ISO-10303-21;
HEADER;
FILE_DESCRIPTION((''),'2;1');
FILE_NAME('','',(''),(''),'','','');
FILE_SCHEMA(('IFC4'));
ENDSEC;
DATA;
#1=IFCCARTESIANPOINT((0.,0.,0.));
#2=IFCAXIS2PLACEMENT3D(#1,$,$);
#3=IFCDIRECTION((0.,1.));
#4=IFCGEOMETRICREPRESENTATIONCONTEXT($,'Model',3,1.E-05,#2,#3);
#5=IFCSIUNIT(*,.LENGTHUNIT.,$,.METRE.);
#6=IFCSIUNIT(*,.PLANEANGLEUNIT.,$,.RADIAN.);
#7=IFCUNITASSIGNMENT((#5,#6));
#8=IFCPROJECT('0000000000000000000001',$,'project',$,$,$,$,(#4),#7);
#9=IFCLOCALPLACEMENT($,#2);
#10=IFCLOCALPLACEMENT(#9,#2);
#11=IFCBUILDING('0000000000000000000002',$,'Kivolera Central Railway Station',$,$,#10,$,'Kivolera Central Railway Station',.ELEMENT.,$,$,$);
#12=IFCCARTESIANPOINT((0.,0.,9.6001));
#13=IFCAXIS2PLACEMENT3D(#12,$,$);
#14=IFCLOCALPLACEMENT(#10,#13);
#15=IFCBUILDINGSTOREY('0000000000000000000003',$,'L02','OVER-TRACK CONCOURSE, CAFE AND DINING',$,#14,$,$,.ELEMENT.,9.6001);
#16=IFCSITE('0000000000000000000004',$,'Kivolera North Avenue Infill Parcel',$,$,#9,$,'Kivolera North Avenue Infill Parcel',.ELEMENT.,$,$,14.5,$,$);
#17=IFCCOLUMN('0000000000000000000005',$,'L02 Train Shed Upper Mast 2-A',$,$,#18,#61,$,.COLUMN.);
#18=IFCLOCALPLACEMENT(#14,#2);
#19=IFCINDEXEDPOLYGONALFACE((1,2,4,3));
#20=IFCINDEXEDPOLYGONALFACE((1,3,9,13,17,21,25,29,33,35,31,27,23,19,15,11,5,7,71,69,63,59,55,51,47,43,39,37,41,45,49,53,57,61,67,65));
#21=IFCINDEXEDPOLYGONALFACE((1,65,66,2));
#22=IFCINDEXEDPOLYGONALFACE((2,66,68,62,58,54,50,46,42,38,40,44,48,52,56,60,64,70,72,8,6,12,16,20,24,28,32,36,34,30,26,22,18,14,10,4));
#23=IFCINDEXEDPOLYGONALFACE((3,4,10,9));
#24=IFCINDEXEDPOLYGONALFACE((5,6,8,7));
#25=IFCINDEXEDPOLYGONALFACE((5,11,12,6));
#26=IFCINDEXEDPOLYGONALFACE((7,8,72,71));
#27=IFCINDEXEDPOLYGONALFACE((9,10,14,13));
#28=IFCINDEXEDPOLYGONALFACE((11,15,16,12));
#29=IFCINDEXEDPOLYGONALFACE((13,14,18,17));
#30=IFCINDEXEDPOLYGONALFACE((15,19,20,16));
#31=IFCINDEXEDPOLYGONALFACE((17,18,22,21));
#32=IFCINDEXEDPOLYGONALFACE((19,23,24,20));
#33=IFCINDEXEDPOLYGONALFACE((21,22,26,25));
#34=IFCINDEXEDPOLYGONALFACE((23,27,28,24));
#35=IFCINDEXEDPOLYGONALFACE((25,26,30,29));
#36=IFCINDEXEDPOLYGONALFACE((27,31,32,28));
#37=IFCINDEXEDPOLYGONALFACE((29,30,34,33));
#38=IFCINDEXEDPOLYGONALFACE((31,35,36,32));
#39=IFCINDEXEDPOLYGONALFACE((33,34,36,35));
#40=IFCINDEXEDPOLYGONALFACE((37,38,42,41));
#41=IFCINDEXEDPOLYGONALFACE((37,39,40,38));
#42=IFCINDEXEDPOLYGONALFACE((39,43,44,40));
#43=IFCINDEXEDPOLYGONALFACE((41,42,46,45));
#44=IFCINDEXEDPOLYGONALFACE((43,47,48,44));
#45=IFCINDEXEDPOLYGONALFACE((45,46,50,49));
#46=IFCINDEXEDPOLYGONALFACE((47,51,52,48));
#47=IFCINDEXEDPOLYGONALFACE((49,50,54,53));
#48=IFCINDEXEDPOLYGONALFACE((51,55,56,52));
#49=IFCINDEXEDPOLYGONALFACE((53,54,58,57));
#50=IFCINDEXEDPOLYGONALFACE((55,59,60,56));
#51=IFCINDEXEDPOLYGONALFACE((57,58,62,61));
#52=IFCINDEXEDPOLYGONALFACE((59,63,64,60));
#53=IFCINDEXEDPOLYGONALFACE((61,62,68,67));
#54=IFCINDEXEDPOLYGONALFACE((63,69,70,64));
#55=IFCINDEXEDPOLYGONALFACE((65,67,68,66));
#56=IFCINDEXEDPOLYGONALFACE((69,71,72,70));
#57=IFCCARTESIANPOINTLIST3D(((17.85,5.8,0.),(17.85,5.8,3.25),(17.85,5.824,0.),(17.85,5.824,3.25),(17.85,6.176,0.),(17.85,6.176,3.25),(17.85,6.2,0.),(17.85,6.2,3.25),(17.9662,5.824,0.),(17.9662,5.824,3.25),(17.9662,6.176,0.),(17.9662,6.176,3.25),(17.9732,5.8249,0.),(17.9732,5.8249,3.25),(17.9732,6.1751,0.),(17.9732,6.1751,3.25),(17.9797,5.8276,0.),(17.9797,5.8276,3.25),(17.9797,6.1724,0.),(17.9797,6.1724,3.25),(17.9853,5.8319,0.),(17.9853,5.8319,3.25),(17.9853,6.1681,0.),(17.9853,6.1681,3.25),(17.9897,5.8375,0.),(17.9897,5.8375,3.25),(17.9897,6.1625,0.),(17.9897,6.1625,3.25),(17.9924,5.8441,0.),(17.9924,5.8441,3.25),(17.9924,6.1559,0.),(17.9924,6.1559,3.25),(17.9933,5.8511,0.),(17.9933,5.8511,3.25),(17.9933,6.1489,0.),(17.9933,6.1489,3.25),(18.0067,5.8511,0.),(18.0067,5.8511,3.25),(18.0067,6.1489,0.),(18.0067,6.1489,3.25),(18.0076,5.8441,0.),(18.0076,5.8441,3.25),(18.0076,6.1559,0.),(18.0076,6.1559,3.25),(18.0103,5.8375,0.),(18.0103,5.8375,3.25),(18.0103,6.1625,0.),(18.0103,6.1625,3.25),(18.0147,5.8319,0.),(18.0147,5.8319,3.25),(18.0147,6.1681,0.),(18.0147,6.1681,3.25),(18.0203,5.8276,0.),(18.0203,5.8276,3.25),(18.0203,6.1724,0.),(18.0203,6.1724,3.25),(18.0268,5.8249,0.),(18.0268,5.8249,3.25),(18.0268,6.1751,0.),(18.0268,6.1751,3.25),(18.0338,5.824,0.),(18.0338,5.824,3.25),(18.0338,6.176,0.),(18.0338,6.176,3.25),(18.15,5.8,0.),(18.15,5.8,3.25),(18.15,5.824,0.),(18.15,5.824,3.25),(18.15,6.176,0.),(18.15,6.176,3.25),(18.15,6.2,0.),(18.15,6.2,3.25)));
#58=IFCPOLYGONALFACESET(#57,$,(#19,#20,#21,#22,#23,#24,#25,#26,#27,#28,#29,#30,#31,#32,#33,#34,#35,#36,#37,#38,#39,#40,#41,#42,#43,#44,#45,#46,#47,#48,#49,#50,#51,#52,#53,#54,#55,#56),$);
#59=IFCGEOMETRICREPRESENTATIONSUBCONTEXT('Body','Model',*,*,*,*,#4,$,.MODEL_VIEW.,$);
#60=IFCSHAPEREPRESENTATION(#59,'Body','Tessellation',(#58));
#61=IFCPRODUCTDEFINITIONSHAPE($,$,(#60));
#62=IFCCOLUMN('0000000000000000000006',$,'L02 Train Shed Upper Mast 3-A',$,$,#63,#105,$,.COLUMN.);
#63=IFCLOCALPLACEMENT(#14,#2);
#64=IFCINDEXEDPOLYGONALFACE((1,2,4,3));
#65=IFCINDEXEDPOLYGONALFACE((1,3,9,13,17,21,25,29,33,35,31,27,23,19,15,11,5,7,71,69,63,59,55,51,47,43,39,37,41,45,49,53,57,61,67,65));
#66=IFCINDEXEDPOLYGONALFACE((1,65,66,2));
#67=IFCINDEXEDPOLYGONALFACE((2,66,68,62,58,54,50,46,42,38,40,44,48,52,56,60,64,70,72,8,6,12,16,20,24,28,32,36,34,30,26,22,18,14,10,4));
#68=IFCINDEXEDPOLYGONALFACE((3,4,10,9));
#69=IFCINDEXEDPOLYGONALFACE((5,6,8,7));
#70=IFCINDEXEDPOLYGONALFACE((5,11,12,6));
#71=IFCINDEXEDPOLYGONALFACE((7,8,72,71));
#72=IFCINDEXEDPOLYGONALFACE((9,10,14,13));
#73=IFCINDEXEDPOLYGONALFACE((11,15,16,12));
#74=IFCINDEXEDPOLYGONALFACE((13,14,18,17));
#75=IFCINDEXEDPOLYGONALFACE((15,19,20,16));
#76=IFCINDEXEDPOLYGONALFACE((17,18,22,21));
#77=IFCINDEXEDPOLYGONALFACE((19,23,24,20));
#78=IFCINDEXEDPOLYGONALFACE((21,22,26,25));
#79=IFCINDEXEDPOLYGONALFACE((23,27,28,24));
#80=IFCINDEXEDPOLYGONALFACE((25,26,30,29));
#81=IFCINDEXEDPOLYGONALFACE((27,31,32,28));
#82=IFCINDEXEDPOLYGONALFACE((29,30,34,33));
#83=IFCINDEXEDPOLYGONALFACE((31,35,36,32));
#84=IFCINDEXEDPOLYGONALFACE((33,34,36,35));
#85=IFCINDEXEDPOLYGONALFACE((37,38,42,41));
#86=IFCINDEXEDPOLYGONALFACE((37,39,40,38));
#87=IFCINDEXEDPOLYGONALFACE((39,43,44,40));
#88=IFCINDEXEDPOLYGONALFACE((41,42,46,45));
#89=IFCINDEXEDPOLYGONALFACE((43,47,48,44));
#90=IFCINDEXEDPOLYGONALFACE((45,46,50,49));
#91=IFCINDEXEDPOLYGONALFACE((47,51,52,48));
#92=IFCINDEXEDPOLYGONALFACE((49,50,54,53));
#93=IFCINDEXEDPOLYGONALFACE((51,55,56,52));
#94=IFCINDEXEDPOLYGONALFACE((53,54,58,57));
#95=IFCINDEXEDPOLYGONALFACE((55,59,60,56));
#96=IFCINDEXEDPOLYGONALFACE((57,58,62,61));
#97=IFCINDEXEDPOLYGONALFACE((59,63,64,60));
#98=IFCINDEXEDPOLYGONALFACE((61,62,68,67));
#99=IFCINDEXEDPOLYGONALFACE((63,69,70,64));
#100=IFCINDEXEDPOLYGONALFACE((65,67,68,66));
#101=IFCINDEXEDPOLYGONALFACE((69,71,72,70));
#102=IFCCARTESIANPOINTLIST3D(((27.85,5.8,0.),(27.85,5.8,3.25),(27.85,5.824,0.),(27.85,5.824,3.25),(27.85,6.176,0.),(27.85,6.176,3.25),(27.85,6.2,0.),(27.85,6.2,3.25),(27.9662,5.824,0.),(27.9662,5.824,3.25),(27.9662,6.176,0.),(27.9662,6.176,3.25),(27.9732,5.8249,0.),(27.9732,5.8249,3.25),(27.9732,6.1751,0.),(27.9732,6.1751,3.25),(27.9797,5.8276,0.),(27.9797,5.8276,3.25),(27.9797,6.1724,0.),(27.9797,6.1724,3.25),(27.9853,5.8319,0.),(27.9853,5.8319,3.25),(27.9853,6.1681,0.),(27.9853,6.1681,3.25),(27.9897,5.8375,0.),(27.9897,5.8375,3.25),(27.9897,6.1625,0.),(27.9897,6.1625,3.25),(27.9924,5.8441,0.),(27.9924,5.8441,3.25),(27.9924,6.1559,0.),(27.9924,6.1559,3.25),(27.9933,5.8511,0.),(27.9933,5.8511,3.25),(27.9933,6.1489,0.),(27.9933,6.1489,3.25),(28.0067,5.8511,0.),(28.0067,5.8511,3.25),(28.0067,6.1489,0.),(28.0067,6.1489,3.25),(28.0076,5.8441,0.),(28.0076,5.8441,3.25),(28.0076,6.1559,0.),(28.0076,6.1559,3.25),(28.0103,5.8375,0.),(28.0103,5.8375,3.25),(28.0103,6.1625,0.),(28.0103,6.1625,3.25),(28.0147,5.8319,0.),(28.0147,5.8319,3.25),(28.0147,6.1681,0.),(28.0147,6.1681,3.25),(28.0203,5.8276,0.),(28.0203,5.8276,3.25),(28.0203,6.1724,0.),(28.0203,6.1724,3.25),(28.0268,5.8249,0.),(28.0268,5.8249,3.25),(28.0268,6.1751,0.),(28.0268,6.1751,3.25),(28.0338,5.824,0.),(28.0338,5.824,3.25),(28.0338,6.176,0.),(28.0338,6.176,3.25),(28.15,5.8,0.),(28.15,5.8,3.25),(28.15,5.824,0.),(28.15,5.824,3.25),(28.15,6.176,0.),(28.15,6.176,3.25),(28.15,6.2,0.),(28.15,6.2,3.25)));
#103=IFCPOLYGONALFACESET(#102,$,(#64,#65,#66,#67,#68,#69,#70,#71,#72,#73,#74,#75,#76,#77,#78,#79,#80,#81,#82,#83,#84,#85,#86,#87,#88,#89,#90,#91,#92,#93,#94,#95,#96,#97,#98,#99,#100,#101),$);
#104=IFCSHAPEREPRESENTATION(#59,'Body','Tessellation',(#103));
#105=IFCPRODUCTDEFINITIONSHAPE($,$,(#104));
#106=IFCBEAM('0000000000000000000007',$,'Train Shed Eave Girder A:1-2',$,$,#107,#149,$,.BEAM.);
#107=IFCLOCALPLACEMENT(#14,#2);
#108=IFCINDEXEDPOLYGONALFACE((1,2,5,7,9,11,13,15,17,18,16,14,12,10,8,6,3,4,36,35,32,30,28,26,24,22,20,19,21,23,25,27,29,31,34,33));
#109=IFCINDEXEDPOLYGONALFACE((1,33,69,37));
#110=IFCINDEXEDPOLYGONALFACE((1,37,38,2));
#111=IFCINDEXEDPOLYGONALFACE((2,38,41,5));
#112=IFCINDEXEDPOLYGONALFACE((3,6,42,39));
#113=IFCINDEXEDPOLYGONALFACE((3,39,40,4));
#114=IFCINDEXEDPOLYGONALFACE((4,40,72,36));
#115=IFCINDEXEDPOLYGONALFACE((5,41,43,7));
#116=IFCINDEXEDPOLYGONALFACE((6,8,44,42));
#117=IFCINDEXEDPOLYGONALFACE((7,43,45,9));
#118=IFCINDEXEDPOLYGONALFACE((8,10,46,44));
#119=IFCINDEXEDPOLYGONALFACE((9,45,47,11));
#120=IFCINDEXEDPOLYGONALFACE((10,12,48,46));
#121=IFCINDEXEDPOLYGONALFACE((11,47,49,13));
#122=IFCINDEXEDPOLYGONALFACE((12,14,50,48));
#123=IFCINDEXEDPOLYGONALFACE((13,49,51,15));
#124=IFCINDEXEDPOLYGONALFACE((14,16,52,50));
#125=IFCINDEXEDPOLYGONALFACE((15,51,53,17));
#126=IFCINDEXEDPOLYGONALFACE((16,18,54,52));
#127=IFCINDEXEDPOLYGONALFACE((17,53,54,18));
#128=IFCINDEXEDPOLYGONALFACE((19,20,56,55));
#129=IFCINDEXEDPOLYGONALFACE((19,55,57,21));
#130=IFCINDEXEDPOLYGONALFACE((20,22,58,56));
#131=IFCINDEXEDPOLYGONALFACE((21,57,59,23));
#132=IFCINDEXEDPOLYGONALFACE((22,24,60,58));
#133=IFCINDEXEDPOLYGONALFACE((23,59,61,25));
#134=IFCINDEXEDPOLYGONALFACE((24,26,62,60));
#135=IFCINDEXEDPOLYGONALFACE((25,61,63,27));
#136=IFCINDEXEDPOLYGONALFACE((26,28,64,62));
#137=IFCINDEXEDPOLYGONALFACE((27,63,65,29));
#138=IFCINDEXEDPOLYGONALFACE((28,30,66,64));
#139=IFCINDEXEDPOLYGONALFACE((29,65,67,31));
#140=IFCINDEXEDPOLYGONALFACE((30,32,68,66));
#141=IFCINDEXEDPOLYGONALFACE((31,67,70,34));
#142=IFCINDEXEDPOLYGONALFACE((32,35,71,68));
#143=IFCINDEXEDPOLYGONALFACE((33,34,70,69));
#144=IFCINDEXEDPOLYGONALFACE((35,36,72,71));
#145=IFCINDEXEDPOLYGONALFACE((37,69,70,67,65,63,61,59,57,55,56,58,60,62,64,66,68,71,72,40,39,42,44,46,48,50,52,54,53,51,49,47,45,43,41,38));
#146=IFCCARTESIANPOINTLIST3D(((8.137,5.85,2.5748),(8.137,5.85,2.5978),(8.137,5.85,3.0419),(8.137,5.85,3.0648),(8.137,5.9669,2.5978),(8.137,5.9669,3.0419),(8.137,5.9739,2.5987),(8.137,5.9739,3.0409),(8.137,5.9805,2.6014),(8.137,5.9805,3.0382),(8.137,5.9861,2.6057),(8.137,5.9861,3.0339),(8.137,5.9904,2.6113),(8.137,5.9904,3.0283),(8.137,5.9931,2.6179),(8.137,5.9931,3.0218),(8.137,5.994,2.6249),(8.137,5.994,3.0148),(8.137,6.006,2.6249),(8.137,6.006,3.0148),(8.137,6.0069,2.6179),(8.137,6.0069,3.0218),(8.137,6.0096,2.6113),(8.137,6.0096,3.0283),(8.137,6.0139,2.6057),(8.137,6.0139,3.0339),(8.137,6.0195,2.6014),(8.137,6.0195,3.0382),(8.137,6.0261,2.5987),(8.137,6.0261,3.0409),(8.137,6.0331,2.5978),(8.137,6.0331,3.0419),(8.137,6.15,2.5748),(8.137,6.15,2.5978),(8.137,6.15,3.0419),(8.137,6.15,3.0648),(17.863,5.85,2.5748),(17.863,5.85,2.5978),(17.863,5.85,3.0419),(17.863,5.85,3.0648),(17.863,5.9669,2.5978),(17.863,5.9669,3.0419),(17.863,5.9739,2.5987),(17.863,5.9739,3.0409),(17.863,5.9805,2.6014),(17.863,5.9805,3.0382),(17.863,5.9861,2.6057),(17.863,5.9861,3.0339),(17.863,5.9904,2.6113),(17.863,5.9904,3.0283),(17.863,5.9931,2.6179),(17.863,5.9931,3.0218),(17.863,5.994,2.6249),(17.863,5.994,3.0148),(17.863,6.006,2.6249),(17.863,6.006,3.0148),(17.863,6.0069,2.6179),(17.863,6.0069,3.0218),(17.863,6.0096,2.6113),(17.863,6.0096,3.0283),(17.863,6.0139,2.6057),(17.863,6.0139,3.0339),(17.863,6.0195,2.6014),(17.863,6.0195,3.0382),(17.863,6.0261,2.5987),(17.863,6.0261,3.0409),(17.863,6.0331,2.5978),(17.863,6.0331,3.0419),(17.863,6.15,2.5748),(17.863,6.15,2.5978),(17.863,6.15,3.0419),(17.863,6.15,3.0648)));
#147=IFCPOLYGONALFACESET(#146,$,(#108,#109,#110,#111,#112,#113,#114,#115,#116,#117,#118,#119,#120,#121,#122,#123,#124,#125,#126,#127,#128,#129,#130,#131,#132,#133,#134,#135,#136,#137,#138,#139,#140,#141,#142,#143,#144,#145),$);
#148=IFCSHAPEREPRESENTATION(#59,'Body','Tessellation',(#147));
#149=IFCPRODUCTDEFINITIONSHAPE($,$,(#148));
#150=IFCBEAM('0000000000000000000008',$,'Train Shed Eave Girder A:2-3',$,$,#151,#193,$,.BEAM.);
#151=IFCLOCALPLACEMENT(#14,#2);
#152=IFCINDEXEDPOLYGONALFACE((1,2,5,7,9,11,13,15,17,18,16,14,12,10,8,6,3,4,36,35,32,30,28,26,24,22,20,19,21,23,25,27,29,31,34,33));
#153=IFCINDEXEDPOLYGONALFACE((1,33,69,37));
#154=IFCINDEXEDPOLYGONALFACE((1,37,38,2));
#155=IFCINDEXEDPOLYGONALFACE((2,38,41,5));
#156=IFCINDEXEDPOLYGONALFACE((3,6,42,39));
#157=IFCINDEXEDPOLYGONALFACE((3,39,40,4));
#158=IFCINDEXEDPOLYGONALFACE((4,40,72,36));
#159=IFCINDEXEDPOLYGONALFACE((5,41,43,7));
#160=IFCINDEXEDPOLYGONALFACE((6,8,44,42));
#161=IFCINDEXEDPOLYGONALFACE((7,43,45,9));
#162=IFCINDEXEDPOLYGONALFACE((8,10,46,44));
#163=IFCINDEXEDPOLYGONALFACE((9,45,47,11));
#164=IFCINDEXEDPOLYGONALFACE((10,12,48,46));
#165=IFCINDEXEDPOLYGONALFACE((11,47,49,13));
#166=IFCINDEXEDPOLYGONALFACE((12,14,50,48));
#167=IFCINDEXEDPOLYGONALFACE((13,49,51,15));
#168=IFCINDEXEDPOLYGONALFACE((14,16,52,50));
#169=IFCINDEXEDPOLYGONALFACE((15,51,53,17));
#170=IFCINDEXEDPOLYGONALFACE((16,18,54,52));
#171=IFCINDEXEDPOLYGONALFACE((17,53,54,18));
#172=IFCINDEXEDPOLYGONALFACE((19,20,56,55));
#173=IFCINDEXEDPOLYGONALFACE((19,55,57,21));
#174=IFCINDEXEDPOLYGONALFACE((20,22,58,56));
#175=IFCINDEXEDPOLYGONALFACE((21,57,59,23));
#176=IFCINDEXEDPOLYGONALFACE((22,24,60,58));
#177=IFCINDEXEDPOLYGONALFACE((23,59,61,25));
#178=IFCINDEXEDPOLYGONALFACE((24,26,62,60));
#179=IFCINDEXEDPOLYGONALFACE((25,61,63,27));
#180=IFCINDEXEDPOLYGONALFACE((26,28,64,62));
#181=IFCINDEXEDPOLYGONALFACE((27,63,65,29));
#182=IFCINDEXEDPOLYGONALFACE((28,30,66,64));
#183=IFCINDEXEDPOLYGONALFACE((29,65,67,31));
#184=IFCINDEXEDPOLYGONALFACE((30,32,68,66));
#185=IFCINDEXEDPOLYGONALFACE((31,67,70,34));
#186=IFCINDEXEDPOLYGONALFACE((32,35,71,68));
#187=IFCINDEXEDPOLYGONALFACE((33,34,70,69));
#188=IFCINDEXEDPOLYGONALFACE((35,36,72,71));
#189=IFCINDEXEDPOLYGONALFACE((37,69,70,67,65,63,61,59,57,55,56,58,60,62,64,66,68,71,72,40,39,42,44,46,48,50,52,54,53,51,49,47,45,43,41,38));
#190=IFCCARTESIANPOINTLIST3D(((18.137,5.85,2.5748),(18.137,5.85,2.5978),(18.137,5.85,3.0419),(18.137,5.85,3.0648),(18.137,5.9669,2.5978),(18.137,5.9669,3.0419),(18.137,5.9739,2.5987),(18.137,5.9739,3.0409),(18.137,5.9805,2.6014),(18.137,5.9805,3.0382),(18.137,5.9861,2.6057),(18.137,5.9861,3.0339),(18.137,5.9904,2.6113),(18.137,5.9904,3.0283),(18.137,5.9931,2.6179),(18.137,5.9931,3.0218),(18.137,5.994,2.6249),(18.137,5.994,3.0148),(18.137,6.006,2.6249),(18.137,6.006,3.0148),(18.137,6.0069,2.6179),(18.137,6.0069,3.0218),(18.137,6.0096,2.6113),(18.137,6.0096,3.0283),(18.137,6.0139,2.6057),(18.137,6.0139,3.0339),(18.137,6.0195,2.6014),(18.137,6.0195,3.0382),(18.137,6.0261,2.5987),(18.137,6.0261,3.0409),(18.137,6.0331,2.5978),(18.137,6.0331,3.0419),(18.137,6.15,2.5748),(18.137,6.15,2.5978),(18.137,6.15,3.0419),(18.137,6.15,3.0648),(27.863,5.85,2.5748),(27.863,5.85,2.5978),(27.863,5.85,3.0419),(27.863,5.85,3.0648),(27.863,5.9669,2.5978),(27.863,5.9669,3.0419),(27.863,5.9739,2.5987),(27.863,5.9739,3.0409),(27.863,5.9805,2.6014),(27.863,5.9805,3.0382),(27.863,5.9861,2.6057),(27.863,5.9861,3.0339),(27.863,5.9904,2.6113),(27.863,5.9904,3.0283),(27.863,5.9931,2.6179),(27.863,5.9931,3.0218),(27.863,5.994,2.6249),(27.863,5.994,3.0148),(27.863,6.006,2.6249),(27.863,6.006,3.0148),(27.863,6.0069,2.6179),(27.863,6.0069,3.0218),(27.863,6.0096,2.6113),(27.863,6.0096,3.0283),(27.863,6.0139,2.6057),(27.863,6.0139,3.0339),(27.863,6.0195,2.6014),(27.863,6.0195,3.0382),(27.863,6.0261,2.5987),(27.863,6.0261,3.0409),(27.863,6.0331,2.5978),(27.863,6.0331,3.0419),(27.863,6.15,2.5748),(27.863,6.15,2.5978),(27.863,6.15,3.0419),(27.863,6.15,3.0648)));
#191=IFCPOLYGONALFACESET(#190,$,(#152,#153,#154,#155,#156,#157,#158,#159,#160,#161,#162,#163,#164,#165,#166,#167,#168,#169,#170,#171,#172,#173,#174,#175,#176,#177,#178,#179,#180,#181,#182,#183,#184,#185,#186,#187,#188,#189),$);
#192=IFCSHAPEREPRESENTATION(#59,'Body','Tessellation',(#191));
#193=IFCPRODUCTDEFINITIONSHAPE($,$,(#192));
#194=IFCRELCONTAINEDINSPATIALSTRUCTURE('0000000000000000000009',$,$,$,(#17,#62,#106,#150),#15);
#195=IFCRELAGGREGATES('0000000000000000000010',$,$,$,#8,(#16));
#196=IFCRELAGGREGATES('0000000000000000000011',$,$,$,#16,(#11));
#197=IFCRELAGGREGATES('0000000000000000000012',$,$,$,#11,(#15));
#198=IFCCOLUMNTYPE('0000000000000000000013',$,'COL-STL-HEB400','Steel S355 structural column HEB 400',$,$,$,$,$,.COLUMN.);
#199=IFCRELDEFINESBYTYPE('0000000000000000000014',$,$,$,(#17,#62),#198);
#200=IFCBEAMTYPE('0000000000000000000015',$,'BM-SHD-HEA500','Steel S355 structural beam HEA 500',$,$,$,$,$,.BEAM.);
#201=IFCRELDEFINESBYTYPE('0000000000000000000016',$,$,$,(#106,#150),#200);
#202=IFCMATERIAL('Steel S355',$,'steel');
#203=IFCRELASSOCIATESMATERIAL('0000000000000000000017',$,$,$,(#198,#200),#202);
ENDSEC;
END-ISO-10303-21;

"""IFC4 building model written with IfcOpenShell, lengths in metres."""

from ifc_helpers import new_model, si_unit, direction, frame, origin, origin_2d, place, context, subcontext, project, spatial, i_section, extrude, material, material_profile, profile_set, type_object, element, save


model = new_model("IFC4")

# Units and contexts
model_context = context("Model", 3, precision=1e-05, world=origin(), true_north=direction((0.0, 1.0)))
body_context = subcontext(model_context, "Body", "Model", "MODEL_VIEW")
ifc_project = project(units=[si_unit("LENGTHUNIT", "METRE"), si_unit("PLANEANGLEUNIT", "RADIAN")], contexts=[model_context])

# Site, building, storey
site_placement = place(None, origin())
site = spatial("IfcSite", under=ifc_project, at=site_placement, Name="Kivolera North Avenue Infill Parcel", LongName="Kivolera North Avenue Infill Parcel", CompositionType="ELEMENT", RefElevation=14.5)
building_placement = place(site_placement, origin())
building = spatial("IfcBuilding", under=site, at=building_placement, Name="Kivolera Central Railway Station", LongName="Kivolera Central Railway Station", CompositionType="ELEMENT")
storey_placement = place(building_placement, frame((0.0, 0.0, 9.6001)))
storey = spatial("IfcBuildingStorey", under=building, at=storey_placement, Name="L02", Description="OVER-TRACK CONCOURSE, CAFE AND DINING", CompositionType="ELEMENT", Elevation=9.6001)

# Columns
ifc_material_1 = material(Name="Steel S355", Category="steel")
ifc_material_profile_1 = material_profile(ifc_material_1, i_section(OverallWidth=0.3, OverallDepth=0.3999, WebThickness=0.0134, FlangeThickness=0.0239, FilletRadius=0.0271, at=origin_2d()), Name="HEB 400")
ifc_profile_set_1 = profile_set([ifc_material_profile_1], Name="Steel S355")
column_type = type_object("IfcColumnType", Name="COL-STL-HEB400", Description="Steel S355 structural column HEB 400", PredefinedType="COLUMN", material=ifc_profile_set_1)
for number, where, z_axis, x_axis, name in (
    (1, (18.0, 6.0, 0.0), (0.0, 0.0, 1.0), (1.0, 0.0, 0.0), "L02 Train Shed Upper Mast 2-A"),
    (2, (28.0, 6.0, 0.0), (0.0, 0.0, 1.0), (1.0, 0.0, 0.0), "L02 Train Shed Upper Mast 3-A"),
):
    element("IfcColumn", number, at=place(storey_placement, frame(where, z_axis=z_axis, x_axis=x_axis)), inside=storey, type_object=column_type, Name=name, PredefinedType="COLUMN", context=body_context, shape_type="SweptSolid", body=[
        extrude(i_section(OverallWidth=0.3, OverallDepth=0.3999, WebThickness=0.0134, FlangeThickness=0.0239, FilletRadius=0.0271, at=origin_2d()), origin(), (0.0, 0.0, 1.0), 3.25),
    ])

# Beams
ifc_material_profile_2 = material_profile(ifc_material_1, i_section(OverallWidth=0.3, OverallDepth=0.49, WebThickness=0.012, FlangeThickness=0.0229, FilletRadius=0.0271, at=origin_2d()), Name="HEA 500")
ifc_profile_set_2 = profile_set([ifc_material_profile_2], Name="Steel S355")
beam_type_1 = type_object("IfcBeamType", Name="BM-SHD-HEA500", Description="Steel S355 structural beam HEA 500", PredefinedType="BEAM", material=ifc_profile_set_2)
for number, where, z_axis, x_axis, name in (
    (3, (8.137, 6.0, 2.8198), (1.0, 0.0, 0.0), (0.0, 1.0, 0.0), "Train Shed Eave Girder A:1-2"),
    (4, (18.137, 6.0, 2.8198), (1.0, 0.0, 0.0), (0.0, 1.0, 0.0), "Train Shed Eave Girder A:2-3"),
):
    element("IfcBeam", number, at=place(storey_placement, frame(where, z_axis=z_axis, x_axis=x_axis)), inside=storey, type_object=beam_type_1, Name=name, PredefinedType="BEAM", context=body_context, shape_type="SweptSolid", body=[
        extrude(i_section(OverallWidth=0.3, OverallDepth=0.49, WebThickness=0.012, FlangeThickness=0.0229, FilletRadius=0.0271, at=origin_2d()), origin(), (0.0, 0.0, 1.0), 9.7261),
    ])

save(model, "model.ifc")
